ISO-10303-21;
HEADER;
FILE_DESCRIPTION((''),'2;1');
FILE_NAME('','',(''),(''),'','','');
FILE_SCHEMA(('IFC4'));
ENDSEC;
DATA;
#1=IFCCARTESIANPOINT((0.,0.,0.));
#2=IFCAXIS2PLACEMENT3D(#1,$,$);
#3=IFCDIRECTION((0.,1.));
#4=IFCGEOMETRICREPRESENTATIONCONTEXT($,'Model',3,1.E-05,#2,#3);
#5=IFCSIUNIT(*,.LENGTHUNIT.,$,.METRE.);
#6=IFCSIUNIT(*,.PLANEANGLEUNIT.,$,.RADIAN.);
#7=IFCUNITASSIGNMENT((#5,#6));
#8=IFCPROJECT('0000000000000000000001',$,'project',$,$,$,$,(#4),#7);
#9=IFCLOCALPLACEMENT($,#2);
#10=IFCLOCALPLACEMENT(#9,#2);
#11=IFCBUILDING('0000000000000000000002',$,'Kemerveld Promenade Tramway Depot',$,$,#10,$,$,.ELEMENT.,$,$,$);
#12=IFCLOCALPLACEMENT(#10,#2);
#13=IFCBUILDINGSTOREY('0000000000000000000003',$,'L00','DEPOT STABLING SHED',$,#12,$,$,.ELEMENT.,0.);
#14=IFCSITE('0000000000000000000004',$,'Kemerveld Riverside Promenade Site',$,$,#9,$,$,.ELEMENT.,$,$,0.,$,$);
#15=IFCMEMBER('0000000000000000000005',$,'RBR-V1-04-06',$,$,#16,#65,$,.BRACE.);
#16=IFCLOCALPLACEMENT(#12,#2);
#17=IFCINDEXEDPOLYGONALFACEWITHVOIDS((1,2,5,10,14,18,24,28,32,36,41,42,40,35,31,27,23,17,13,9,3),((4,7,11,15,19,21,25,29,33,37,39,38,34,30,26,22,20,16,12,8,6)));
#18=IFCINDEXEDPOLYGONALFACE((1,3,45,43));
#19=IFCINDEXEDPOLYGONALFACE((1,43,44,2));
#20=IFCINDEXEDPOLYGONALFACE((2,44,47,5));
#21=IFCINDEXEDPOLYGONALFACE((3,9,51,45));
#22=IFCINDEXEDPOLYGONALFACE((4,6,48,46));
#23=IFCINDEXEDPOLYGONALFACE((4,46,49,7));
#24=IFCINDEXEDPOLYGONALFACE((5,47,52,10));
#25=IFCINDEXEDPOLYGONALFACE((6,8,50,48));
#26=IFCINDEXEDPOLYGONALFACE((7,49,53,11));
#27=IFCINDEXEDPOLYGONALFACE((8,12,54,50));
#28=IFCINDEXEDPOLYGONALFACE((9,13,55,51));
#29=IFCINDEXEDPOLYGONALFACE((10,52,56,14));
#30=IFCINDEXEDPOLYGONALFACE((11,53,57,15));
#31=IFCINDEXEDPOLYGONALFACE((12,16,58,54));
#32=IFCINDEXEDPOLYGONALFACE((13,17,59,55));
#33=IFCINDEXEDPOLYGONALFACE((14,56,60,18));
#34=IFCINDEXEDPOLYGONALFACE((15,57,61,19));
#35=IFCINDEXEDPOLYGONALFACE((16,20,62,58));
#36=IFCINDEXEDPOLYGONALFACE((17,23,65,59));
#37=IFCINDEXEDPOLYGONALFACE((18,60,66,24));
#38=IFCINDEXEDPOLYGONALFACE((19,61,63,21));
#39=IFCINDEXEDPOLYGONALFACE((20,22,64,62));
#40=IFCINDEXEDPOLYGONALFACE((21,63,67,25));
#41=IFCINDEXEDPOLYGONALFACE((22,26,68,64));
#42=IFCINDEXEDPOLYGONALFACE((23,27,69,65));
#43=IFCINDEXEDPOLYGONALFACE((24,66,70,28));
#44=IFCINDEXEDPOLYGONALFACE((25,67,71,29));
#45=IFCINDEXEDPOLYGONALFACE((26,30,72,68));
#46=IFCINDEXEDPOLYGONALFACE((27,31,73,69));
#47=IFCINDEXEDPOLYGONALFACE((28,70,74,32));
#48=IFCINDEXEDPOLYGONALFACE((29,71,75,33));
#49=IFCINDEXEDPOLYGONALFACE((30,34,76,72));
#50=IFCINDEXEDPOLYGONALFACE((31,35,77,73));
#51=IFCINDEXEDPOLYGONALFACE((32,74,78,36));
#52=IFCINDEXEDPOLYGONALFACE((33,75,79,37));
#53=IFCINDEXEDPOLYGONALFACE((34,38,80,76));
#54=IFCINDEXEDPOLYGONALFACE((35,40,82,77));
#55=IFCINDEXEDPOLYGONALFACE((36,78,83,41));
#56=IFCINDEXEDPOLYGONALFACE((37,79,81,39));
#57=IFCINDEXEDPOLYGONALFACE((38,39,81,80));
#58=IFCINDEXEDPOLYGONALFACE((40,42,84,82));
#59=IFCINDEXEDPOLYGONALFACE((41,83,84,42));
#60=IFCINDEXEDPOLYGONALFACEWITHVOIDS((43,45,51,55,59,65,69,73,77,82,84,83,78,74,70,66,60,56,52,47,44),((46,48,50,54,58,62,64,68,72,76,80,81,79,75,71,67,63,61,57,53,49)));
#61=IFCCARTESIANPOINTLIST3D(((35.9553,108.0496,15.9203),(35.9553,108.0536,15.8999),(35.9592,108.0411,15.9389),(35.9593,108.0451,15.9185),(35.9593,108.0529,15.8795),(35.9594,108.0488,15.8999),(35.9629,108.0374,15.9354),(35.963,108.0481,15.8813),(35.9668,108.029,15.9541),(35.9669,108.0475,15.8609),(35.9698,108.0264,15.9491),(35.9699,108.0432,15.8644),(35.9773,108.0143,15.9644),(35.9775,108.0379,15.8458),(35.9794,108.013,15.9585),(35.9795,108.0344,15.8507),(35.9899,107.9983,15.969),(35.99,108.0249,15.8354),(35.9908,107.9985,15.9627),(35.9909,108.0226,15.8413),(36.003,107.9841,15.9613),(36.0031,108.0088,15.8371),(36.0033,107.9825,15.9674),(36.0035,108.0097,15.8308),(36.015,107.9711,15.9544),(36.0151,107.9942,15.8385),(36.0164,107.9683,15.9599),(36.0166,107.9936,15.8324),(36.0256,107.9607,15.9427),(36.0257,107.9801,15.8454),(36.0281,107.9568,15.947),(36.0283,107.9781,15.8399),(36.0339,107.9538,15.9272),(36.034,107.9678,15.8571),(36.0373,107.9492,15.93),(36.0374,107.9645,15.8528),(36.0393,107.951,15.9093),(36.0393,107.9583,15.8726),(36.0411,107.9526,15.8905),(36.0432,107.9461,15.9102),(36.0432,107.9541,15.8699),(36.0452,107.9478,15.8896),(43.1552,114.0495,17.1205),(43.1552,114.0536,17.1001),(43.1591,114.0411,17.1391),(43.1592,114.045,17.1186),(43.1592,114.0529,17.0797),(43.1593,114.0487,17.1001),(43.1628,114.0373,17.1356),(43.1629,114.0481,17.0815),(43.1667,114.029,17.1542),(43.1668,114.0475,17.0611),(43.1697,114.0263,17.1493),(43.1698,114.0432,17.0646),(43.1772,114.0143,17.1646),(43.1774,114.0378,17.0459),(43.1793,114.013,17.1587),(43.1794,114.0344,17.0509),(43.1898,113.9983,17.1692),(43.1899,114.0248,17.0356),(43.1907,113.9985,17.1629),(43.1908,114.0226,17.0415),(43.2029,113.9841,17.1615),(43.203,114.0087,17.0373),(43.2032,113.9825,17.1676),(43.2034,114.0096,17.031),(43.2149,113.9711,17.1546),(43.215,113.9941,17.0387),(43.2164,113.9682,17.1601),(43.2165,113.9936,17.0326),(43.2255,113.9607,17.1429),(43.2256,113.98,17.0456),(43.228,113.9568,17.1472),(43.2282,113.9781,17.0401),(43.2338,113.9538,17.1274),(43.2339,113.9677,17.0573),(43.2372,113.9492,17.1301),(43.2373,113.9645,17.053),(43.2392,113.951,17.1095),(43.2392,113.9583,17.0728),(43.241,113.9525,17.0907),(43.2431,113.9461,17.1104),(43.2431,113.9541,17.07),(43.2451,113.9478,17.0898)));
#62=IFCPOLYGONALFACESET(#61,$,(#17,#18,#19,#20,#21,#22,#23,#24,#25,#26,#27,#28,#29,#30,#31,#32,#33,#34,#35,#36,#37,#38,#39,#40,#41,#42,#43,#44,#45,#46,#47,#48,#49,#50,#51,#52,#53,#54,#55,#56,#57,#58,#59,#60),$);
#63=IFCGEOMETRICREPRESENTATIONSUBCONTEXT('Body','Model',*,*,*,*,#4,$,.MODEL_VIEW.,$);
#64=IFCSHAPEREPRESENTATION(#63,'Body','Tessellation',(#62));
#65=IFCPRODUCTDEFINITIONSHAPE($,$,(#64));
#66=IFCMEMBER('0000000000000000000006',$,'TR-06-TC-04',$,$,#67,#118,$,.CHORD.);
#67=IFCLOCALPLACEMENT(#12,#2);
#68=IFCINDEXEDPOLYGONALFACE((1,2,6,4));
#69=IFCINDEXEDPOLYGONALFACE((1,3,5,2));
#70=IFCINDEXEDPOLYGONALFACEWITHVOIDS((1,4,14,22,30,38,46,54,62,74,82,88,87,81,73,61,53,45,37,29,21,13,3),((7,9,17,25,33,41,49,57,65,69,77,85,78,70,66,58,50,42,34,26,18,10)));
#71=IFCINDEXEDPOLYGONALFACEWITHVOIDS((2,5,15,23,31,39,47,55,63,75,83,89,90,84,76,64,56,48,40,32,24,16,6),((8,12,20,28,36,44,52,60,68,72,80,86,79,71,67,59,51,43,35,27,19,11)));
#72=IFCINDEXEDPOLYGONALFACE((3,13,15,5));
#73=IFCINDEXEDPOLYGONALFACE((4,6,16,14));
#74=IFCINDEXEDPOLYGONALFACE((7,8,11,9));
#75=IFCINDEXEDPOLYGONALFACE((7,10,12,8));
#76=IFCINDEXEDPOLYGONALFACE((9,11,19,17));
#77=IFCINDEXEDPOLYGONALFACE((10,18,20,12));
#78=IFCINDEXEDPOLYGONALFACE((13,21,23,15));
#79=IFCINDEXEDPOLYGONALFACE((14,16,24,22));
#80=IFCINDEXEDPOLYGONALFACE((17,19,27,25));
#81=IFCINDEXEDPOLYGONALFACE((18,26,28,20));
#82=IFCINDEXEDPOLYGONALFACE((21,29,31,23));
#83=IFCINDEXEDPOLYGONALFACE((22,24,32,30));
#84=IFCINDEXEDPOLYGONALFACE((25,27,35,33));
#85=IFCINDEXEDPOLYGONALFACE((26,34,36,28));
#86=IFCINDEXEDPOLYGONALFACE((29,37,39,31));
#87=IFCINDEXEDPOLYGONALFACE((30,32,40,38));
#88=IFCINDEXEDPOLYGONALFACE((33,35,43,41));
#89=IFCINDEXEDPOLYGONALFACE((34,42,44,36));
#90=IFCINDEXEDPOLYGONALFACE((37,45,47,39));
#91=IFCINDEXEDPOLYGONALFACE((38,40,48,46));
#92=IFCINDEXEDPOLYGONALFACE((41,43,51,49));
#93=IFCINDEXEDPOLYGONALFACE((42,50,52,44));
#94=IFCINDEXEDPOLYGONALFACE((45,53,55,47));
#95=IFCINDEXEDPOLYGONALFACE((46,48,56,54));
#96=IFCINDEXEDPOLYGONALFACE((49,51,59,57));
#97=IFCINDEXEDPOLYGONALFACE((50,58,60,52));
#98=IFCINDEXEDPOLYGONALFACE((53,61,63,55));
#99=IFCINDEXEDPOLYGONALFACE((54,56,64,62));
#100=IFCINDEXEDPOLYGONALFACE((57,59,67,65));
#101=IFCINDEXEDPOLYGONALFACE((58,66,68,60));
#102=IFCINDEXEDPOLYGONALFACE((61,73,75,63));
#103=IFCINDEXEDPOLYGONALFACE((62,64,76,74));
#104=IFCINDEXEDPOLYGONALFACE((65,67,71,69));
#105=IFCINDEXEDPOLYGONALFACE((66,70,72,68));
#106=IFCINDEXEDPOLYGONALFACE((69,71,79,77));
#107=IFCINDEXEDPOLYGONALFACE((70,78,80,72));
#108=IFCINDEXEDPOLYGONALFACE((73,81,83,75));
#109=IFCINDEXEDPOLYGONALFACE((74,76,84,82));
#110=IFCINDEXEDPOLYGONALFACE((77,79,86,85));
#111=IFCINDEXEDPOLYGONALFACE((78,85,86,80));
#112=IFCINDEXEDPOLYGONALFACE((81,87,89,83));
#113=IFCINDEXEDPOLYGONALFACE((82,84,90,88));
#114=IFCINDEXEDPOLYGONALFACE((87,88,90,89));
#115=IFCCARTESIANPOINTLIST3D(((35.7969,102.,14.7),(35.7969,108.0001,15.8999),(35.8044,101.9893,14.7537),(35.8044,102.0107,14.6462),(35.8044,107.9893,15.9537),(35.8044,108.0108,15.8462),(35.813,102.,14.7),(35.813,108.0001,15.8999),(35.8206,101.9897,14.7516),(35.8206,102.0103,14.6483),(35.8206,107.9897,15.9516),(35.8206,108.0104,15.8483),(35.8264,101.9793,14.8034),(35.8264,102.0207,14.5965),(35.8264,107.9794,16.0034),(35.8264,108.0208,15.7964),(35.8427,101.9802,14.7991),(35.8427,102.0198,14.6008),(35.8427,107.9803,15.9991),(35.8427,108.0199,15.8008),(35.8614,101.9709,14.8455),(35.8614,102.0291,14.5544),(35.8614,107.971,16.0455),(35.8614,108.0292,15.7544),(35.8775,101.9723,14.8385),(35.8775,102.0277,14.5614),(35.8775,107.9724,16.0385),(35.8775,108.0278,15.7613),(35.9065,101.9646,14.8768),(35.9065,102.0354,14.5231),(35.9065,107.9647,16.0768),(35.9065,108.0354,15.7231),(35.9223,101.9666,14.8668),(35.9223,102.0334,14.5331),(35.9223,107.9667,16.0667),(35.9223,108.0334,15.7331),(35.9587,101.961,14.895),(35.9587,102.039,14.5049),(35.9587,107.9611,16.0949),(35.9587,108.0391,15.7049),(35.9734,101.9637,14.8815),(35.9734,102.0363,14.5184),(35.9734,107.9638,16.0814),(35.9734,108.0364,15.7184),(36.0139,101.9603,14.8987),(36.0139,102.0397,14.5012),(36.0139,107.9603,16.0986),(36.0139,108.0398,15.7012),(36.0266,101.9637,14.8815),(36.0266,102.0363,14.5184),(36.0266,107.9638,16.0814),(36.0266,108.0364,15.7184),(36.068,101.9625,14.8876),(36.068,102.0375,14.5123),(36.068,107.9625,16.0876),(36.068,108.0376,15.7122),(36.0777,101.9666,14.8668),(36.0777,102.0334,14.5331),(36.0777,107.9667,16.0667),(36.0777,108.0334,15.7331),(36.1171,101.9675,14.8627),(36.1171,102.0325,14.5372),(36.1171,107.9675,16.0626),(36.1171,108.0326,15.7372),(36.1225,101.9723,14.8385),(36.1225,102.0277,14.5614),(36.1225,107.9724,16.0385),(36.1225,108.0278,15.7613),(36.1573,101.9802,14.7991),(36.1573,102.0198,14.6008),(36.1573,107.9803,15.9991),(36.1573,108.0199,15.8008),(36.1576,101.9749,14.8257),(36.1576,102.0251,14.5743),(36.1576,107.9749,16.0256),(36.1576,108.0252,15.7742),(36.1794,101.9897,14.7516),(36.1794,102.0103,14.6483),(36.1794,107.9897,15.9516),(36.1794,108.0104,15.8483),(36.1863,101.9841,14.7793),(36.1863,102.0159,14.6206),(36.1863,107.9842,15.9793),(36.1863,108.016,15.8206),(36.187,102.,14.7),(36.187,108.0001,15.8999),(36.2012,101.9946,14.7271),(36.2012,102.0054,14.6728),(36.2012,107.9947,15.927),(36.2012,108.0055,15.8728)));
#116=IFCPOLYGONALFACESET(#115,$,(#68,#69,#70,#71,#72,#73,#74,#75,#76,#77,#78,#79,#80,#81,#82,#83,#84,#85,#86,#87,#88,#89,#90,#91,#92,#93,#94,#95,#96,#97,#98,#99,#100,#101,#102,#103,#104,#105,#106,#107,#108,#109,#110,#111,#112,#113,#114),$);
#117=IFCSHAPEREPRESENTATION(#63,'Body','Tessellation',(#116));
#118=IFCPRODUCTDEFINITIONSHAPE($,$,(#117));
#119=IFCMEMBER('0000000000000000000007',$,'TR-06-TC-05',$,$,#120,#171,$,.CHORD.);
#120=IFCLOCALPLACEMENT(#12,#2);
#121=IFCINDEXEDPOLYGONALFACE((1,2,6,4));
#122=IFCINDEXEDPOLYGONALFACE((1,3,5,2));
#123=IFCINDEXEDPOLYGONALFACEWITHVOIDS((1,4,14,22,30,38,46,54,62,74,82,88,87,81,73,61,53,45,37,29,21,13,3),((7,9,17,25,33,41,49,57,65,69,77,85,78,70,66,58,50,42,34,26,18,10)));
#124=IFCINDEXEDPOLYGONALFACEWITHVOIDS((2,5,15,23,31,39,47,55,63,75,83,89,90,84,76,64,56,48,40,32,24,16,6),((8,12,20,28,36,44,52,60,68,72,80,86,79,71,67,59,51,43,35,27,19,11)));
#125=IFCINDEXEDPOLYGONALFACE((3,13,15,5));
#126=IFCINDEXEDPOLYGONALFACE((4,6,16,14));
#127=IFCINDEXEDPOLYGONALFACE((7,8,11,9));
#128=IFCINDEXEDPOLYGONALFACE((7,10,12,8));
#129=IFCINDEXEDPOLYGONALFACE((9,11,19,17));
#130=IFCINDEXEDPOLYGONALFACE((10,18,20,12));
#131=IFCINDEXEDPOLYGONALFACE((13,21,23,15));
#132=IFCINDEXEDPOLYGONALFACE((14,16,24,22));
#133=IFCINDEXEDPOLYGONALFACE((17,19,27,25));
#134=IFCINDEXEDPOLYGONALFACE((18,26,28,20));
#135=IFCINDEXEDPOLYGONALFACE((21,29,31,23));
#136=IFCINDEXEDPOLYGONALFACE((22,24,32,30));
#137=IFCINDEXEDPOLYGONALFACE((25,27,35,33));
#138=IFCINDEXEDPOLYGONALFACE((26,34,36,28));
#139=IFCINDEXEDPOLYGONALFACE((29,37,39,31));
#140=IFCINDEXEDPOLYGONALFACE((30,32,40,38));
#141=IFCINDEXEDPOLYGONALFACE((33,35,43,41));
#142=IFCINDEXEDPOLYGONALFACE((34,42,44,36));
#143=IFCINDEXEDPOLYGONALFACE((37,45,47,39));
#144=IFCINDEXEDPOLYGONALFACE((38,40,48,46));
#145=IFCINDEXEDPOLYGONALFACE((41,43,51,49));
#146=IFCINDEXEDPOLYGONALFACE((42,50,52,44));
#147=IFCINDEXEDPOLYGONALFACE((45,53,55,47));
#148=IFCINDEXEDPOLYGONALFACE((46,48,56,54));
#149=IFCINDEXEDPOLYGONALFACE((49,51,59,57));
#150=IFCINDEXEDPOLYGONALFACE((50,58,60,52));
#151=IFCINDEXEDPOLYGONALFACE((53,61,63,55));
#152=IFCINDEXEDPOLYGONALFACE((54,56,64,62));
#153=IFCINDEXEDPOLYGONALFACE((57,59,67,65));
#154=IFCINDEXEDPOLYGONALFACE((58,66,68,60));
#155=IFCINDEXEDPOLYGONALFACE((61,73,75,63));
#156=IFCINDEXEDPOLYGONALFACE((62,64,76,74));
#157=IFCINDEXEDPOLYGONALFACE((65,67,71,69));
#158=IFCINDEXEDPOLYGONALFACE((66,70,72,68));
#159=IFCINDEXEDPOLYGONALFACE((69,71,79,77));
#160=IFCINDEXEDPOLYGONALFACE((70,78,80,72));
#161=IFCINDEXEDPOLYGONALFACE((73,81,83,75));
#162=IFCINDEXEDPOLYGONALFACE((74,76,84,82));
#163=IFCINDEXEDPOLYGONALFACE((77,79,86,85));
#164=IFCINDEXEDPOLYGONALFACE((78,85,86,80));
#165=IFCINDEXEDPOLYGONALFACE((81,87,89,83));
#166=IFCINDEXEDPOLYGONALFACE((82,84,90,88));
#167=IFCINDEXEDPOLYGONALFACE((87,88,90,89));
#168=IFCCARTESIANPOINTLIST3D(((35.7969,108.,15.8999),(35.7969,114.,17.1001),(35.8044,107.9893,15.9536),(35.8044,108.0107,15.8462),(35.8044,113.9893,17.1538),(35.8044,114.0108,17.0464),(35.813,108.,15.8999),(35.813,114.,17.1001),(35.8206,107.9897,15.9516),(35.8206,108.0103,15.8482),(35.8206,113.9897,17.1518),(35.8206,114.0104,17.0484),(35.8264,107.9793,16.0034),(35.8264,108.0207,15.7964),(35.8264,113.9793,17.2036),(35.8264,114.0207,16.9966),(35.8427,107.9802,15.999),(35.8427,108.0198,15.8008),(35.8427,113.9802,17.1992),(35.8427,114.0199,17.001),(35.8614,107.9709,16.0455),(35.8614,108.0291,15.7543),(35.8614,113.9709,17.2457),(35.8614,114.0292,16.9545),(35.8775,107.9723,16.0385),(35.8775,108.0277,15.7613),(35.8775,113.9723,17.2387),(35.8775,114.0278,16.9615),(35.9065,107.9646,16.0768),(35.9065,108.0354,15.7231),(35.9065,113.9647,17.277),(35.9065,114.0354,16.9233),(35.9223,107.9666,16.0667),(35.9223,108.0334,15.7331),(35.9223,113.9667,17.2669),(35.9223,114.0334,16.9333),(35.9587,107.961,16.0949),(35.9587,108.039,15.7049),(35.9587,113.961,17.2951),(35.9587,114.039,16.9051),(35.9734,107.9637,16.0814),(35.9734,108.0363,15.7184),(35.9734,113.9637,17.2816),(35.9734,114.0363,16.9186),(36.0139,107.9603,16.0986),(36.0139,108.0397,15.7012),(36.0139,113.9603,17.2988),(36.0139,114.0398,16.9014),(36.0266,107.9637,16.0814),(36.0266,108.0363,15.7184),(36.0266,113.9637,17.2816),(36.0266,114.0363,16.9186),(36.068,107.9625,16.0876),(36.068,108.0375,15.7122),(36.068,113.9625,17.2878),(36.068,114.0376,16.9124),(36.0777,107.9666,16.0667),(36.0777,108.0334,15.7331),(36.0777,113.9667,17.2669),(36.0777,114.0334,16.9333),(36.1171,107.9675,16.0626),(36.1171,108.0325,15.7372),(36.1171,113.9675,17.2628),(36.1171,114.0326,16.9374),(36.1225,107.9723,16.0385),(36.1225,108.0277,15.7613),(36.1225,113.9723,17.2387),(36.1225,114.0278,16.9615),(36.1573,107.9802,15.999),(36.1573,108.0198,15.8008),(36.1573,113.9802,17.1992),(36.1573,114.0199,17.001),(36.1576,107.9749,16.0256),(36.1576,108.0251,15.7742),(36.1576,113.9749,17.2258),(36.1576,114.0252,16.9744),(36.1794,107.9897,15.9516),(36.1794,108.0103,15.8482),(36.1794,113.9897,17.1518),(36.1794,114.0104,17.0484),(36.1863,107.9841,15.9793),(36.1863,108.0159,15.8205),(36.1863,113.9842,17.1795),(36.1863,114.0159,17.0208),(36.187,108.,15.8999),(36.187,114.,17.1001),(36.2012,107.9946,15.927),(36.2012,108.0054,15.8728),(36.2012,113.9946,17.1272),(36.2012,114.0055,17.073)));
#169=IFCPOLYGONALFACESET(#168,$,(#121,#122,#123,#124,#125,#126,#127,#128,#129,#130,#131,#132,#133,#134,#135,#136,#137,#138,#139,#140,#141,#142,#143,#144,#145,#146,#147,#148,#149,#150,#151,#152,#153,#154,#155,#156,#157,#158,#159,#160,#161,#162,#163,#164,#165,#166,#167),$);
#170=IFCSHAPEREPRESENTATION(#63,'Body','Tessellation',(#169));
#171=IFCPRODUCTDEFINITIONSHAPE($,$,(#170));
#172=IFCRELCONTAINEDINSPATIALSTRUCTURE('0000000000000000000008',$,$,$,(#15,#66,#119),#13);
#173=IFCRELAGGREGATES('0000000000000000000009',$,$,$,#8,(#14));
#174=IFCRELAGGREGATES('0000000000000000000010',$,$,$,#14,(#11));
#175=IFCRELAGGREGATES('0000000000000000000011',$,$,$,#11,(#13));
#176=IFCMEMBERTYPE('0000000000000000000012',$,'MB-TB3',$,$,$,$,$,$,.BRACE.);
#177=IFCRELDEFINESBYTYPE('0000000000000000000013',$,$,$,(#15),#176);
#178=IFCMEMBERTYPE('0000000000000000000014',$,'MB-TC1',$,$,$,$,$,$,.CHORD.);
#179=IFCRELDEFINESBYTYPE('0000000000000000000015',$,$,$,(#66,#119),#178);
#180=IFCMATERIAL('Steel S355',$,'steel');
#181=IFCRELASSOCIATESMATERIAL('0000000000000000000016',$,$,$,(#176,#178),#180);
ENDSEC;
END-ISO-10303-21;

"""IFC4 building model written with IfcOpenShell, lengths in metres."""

from ifc_helpers import new_model, si_unit, direction, frame, origin, origin_2d, place, context, subcontext, project, spatial, hollow_circle, extrude, material, material_profile, profile_set, type_object, element, save


model = new_model("IFC4")

# Units and contexts
model_context = context("Model", 3, precision=1e-05, world=origin(), true_north=direction((0.0, 1.0)))
body_context = subcontext(model_context, "Body", "Model", "MODEL_VIEW")
ifc_project = project(units=[si_unit("LENGTHUNIT", "METRE"), si_unit("PLANEANGLEUNIT", "RADIAN")], contexts=[model_context])

# Site, building, storey
site_placement = place(None, origin())
site = spatial("IfcSite", under=ifc_project, at=site_placement, Name="Kemerveld Riverside Promenade Site", CompositionType="ELEMENT", RefElevation=0.0)
building_placement = place(site_placement, origin())
building = spatial("IfcBuilding", under=site, at=building_placement, Name="Kemerveld Promenade Tramway Depot", CompositionType="ELEMENT")
storey_placement = place(building_placement, origin())
storey = spatial("IfcBuildingStorey", under=building, at=storey_placement, Name="L00", Description="DEPOT STABLING SHED", CompositionType="ELEMENT", Elevation=0.0)

# Shared definitions
ifc_material_1 = material(Name="Steel S355", Category="steel")

# Members
ifc_material_profile_1 = material_profile(ifc_material_1, hollow_circle(Radius=0.0698, WallThickness=0.0063, at=origin_2d()), Name="139.7x6.3 CHS")
ifc_profile_set_1 = profile_set([ifc_material_profile_1], Name="Steel S355")
member_type_1 = type_object("IfcMemberType", Name="MB-TB3", PredefinedType="BRACE", material=ifc_profile_set_1)
for number, where, z_axis, x_axis, name in (
    (1, (36.0, 108.0, 15.8999), (0.761997, 0.635001, 0.127021), (-0.640187, 0.768219, 0.0), "RBR-V1-04-06"),
):
    element("IfcMember", number, at=place(storey_placement, frame(where, z_axis=z_axis, x_axis=x_axis)), inside=storey, type_object=member_type_1, Name=name, PredefinedType="BRACE", context=body_context, shape_type="SweptSolid", body=[
        extrude(hollow_circle(Radius=0.0698, WallThickness=0.0063, at=origin_2d()), origin(), (0.0, 0.0, 1.0), 9.4487),
    ])
ifc_material_profile_2 = material_profile(ifc_material_1, hollow_circle(Radius=0.2031, WallThickness=0.0161, at=origin_2d()), Name="406.4x16.0 CHS")
ifc_profile_set_2 = profile_set([ifc_material_profile_2], Name="Steel S355")
member_type_2 = type_object("IfcMemberType", Name="MB-TC1", PredefinedType="CHORD", material=ifc_profile_set_2)
for number, where, z_axis, x_axis, name in (
    (2, (36.0, 102.0, 14.7), (0.0, 0.980582, 0.196108), (-1.0, 0.0, 0.0), "TR-06-TC-04"),
    (3, (36.0, 108.0, 15.8999), (0.0, 0.980575, 0.196147), (-1.0, 0.0, 0.0), "TR-06-TC-05"),
):
    element("IfcMember", number, at=place(storey_placement, frame(where, z_axis=z_axis, x_axis=x_axis)), inside=storey, type_object=member_type_2, Name=name, PredefinedType="CHORD", context=body_context, shape_type="SweptSolid", body=[
        extrude(hollow_circle(Radius=0.2031, WallThickness=0.0161, at=origin_2d()), origin(), (0.0, 0.0, 1.0), 6.1189),
    ])

save(model, "model.ifc")
